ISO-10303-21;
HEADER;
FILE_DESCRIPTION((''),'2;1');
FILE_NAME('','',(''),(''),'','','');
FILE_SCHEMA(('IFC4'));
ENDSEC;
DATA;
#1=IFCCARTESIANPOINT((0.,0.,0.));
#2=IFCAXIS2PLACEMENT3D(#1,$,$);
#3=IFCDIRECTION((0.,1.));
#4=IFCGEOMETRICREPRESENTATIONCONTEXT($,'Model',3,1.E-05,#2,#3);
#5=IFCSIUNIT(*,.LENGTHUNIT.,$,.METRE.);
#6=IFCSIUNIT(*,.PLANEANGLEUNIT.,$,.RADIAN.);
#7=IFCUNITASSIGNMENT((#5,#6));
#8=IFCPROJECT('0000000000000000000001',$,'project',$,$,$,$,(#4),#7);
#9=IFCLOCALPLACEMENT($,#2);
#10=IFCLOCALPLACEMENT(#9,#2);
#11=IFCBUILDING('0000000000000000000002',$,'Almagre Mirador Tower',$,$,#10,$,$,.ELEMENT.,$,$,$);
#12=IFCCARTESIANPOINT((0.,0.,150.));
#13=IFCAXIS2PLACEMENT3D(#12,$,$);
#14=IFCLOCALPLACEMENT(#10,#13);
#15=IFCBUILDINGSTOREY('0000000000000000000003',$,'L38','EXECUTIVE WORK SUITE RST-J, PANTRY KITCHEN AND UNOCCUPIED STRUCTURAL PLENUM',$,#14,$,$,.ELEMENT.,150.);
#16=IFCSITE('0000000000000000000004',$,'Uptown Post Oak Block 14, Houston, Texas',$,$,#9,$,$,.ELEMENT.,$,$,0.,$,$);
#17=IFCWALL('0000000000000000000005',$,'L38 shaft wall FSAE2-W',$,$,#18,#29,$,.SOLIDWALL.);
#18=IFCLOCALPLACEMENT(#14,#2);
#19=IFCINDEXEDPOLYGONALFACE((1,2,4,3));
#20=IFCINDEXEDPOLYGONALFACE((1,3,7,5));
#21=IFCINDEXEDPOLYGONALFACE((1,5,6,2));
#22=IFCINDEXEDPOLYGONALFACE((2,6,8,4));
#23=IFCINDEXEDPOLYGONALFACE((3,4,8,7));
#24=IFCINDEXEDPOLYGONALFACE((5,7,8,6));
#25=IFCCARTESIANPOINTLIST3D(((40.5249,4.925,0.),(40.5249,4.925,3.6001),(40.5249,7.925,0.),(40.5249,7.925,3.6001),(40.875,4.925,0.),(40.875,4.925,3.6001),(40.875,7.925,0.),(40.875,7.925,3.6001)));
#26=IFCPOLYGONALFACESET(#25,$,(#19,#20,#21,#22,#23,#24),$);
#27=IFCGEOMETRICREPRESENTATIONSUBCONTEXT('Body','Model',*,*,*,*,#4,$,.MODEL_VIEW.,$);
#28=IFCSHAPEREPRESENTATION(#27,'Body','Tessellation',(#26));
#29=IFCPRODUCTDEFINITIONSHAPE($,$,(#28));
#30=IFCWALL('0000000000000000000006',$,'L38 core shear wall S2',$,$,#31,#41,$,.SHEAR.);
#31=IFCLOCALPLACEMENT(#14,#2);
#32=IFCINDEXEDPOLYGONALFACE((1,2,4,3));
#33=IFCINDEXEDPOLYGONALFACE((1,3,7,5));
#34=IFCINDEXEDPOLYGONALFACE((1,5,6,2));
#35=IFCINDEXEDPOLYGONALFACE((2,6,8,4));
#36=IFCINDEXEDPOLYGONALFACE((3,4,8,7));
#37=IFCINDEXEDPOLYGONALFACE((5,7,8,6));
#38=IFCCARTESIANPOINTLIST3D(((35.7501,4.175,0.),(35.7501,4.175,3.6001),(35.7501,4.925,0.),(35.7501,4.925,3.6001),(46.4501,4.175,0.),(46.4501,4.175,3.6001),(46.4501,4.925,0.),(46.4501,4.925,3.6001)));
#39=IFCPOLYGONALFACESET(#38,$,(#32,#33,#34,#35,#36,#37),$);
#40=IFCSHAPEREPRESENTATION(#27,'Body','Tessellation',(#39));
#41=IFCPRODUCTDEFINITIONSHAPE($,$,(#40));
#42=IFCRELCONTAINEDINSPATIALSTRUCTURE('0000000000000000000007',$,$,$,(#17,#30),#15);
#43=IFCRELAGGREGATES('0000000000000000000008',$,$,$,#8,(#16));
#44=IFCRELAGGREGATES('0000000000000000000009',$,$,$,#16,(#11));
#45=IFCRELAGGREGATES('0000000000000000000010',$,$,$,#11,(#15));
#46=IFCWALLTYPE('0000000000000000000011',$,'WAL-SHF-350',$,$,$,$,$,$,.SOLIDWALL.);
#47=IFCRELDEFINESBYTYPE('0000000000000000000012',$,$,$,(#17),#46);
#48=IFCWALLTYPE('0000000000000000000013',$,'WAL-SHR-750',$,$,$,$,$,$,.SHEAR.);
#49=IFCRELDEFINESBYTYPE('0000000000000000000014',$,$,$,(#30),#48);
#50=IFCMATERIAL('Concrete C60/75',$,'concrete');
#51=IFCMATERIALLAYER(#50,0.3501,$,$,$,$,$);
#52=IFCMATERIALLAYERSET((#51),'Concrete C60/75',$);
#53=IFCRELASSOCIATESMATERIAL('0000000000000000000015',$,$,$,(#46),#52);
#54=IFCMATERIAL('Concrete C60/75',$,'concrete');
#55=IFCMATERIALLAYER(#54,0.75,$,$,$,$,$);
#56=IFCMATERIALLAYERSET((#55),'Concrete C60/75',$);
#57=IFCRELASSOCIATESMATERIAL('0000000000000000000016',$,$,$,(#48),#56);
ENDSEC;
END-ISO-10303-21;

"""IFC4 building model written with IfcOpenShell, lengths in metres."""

from ifc_helpers import new_model, si_unit, direction, frame, frame_2d, origin, place, context, subcontext, project, spatial, rectangle, extrude, material, layer, layer_set, type_object, element, save


model = new_model("IFC4")

# Units and contexts
model_context = context("Model", 3, precision=1e-05, world=origin(), true_north=direction((0.0, 1.0)))
body_context = subcontext(model_context, "Body", "Model", "MODEL_VIEW")
ifc_project = project(units=[si_unit("LENGTHUNIT", "METRE"), si_unit("PLANEANGLEUNIT", "RADIAN")], contexts=[model_context])

# Site, building, storey
site_placement = place(None, origin())
site = spatial("IfcSite", under=ifc_project, at=site_placement, Name="Uptown Post Oak Block 14, Houston, Texas", CompositionType="ELEMENT", RefElevation=0.0)
building_placement = place(site_placement, origin())
building = spatial("IfcBuilding", under=site, at=building_placement, Name="Almagre Mirador Tower", CompositionType="ELEMENT")
storey_placement = place(building_placement, frame((0.0, 0.0, 150.0)))
storey = spatial("IfcBuildingStorey", under=building, at=storey_placement, Name="L38", Description="EXECUTIVE WORK SUITE RST-J, PANTRY KITCHEN AND UNOCCUPIED STRUCTURAL PLENUM", CompositionType="ELEMENT", Elevation=150.0)

# Shared definitions
ifc_material_1 = material(Name="Concrete C60/75", Category="concrete")
ifc_layer_1 = layer(ifc_material_1, 0.3501)
ifc_layer_set_1 = layer_set([ifc_layer_1], Name="Concrete C60/75")
wall_type_1 = type_object("IfcWallType", Name="WAL-SHF-350", PredefinedType="SOLIDWALL", material=ifc_layer_set_1)

# Walls
wall_1_placement = place(storey_placement, frame((40.7, 4.925, 0.0), z_axis=(0.0, 0.0, 1.0), x_axis=(0.0, 1.0, 0.0)))
element("IfcWall", 1, at=wall_1_placement, inside=storey, type_object=wall_type_1, Name="L38 shaft wall FSAE2-W", PredefinedType="SOLIDWALL", context=body_context, shape_type="SweptSolid", body=[
    extrude(rectangle(XDim=3.0, YDim=0.3501, at=frame_2d((1.5, 0.0))), origin(), (0.0, 0.0, 1.0), 3.6001),
])
ifc_material_2 = material(Name="Concrete C60/75", Category="concrete")
ifc_layer_2 = layer(ifc_material_2, 0.75)
ifc_layer_set_2 = layer_set([ifc_layer_2], Name="Concrete C60/75")
wall_type_2 = type_object("IfcWallType", Name="WAL-SHR-750", PredefinedType="SHEAR", material=ifc_layer_set_2)
wall_2_placement = place(storey_placement, frame((35.75, 4.55, 0.0), z_axis=(0.0, 0.0, 1.0), x_axis=(1.0, 0.0, 0.0)))
element("IfcWall", 2, at=wall_2_placement, inside=storey, type_object=wall_type_2, Name="L38 core shear wall S2", PredefinedType="SHEAR", context=body_context, shape_type="SweptSolid", body=[
    extrude(rectangle(XDim=10.7, YDim=0.75, at=frame_2d((5.3501, 0.0))), origin(), (0.0, 0.0, 1.0), 3.6001),
])

save(model, "model.ifc")
